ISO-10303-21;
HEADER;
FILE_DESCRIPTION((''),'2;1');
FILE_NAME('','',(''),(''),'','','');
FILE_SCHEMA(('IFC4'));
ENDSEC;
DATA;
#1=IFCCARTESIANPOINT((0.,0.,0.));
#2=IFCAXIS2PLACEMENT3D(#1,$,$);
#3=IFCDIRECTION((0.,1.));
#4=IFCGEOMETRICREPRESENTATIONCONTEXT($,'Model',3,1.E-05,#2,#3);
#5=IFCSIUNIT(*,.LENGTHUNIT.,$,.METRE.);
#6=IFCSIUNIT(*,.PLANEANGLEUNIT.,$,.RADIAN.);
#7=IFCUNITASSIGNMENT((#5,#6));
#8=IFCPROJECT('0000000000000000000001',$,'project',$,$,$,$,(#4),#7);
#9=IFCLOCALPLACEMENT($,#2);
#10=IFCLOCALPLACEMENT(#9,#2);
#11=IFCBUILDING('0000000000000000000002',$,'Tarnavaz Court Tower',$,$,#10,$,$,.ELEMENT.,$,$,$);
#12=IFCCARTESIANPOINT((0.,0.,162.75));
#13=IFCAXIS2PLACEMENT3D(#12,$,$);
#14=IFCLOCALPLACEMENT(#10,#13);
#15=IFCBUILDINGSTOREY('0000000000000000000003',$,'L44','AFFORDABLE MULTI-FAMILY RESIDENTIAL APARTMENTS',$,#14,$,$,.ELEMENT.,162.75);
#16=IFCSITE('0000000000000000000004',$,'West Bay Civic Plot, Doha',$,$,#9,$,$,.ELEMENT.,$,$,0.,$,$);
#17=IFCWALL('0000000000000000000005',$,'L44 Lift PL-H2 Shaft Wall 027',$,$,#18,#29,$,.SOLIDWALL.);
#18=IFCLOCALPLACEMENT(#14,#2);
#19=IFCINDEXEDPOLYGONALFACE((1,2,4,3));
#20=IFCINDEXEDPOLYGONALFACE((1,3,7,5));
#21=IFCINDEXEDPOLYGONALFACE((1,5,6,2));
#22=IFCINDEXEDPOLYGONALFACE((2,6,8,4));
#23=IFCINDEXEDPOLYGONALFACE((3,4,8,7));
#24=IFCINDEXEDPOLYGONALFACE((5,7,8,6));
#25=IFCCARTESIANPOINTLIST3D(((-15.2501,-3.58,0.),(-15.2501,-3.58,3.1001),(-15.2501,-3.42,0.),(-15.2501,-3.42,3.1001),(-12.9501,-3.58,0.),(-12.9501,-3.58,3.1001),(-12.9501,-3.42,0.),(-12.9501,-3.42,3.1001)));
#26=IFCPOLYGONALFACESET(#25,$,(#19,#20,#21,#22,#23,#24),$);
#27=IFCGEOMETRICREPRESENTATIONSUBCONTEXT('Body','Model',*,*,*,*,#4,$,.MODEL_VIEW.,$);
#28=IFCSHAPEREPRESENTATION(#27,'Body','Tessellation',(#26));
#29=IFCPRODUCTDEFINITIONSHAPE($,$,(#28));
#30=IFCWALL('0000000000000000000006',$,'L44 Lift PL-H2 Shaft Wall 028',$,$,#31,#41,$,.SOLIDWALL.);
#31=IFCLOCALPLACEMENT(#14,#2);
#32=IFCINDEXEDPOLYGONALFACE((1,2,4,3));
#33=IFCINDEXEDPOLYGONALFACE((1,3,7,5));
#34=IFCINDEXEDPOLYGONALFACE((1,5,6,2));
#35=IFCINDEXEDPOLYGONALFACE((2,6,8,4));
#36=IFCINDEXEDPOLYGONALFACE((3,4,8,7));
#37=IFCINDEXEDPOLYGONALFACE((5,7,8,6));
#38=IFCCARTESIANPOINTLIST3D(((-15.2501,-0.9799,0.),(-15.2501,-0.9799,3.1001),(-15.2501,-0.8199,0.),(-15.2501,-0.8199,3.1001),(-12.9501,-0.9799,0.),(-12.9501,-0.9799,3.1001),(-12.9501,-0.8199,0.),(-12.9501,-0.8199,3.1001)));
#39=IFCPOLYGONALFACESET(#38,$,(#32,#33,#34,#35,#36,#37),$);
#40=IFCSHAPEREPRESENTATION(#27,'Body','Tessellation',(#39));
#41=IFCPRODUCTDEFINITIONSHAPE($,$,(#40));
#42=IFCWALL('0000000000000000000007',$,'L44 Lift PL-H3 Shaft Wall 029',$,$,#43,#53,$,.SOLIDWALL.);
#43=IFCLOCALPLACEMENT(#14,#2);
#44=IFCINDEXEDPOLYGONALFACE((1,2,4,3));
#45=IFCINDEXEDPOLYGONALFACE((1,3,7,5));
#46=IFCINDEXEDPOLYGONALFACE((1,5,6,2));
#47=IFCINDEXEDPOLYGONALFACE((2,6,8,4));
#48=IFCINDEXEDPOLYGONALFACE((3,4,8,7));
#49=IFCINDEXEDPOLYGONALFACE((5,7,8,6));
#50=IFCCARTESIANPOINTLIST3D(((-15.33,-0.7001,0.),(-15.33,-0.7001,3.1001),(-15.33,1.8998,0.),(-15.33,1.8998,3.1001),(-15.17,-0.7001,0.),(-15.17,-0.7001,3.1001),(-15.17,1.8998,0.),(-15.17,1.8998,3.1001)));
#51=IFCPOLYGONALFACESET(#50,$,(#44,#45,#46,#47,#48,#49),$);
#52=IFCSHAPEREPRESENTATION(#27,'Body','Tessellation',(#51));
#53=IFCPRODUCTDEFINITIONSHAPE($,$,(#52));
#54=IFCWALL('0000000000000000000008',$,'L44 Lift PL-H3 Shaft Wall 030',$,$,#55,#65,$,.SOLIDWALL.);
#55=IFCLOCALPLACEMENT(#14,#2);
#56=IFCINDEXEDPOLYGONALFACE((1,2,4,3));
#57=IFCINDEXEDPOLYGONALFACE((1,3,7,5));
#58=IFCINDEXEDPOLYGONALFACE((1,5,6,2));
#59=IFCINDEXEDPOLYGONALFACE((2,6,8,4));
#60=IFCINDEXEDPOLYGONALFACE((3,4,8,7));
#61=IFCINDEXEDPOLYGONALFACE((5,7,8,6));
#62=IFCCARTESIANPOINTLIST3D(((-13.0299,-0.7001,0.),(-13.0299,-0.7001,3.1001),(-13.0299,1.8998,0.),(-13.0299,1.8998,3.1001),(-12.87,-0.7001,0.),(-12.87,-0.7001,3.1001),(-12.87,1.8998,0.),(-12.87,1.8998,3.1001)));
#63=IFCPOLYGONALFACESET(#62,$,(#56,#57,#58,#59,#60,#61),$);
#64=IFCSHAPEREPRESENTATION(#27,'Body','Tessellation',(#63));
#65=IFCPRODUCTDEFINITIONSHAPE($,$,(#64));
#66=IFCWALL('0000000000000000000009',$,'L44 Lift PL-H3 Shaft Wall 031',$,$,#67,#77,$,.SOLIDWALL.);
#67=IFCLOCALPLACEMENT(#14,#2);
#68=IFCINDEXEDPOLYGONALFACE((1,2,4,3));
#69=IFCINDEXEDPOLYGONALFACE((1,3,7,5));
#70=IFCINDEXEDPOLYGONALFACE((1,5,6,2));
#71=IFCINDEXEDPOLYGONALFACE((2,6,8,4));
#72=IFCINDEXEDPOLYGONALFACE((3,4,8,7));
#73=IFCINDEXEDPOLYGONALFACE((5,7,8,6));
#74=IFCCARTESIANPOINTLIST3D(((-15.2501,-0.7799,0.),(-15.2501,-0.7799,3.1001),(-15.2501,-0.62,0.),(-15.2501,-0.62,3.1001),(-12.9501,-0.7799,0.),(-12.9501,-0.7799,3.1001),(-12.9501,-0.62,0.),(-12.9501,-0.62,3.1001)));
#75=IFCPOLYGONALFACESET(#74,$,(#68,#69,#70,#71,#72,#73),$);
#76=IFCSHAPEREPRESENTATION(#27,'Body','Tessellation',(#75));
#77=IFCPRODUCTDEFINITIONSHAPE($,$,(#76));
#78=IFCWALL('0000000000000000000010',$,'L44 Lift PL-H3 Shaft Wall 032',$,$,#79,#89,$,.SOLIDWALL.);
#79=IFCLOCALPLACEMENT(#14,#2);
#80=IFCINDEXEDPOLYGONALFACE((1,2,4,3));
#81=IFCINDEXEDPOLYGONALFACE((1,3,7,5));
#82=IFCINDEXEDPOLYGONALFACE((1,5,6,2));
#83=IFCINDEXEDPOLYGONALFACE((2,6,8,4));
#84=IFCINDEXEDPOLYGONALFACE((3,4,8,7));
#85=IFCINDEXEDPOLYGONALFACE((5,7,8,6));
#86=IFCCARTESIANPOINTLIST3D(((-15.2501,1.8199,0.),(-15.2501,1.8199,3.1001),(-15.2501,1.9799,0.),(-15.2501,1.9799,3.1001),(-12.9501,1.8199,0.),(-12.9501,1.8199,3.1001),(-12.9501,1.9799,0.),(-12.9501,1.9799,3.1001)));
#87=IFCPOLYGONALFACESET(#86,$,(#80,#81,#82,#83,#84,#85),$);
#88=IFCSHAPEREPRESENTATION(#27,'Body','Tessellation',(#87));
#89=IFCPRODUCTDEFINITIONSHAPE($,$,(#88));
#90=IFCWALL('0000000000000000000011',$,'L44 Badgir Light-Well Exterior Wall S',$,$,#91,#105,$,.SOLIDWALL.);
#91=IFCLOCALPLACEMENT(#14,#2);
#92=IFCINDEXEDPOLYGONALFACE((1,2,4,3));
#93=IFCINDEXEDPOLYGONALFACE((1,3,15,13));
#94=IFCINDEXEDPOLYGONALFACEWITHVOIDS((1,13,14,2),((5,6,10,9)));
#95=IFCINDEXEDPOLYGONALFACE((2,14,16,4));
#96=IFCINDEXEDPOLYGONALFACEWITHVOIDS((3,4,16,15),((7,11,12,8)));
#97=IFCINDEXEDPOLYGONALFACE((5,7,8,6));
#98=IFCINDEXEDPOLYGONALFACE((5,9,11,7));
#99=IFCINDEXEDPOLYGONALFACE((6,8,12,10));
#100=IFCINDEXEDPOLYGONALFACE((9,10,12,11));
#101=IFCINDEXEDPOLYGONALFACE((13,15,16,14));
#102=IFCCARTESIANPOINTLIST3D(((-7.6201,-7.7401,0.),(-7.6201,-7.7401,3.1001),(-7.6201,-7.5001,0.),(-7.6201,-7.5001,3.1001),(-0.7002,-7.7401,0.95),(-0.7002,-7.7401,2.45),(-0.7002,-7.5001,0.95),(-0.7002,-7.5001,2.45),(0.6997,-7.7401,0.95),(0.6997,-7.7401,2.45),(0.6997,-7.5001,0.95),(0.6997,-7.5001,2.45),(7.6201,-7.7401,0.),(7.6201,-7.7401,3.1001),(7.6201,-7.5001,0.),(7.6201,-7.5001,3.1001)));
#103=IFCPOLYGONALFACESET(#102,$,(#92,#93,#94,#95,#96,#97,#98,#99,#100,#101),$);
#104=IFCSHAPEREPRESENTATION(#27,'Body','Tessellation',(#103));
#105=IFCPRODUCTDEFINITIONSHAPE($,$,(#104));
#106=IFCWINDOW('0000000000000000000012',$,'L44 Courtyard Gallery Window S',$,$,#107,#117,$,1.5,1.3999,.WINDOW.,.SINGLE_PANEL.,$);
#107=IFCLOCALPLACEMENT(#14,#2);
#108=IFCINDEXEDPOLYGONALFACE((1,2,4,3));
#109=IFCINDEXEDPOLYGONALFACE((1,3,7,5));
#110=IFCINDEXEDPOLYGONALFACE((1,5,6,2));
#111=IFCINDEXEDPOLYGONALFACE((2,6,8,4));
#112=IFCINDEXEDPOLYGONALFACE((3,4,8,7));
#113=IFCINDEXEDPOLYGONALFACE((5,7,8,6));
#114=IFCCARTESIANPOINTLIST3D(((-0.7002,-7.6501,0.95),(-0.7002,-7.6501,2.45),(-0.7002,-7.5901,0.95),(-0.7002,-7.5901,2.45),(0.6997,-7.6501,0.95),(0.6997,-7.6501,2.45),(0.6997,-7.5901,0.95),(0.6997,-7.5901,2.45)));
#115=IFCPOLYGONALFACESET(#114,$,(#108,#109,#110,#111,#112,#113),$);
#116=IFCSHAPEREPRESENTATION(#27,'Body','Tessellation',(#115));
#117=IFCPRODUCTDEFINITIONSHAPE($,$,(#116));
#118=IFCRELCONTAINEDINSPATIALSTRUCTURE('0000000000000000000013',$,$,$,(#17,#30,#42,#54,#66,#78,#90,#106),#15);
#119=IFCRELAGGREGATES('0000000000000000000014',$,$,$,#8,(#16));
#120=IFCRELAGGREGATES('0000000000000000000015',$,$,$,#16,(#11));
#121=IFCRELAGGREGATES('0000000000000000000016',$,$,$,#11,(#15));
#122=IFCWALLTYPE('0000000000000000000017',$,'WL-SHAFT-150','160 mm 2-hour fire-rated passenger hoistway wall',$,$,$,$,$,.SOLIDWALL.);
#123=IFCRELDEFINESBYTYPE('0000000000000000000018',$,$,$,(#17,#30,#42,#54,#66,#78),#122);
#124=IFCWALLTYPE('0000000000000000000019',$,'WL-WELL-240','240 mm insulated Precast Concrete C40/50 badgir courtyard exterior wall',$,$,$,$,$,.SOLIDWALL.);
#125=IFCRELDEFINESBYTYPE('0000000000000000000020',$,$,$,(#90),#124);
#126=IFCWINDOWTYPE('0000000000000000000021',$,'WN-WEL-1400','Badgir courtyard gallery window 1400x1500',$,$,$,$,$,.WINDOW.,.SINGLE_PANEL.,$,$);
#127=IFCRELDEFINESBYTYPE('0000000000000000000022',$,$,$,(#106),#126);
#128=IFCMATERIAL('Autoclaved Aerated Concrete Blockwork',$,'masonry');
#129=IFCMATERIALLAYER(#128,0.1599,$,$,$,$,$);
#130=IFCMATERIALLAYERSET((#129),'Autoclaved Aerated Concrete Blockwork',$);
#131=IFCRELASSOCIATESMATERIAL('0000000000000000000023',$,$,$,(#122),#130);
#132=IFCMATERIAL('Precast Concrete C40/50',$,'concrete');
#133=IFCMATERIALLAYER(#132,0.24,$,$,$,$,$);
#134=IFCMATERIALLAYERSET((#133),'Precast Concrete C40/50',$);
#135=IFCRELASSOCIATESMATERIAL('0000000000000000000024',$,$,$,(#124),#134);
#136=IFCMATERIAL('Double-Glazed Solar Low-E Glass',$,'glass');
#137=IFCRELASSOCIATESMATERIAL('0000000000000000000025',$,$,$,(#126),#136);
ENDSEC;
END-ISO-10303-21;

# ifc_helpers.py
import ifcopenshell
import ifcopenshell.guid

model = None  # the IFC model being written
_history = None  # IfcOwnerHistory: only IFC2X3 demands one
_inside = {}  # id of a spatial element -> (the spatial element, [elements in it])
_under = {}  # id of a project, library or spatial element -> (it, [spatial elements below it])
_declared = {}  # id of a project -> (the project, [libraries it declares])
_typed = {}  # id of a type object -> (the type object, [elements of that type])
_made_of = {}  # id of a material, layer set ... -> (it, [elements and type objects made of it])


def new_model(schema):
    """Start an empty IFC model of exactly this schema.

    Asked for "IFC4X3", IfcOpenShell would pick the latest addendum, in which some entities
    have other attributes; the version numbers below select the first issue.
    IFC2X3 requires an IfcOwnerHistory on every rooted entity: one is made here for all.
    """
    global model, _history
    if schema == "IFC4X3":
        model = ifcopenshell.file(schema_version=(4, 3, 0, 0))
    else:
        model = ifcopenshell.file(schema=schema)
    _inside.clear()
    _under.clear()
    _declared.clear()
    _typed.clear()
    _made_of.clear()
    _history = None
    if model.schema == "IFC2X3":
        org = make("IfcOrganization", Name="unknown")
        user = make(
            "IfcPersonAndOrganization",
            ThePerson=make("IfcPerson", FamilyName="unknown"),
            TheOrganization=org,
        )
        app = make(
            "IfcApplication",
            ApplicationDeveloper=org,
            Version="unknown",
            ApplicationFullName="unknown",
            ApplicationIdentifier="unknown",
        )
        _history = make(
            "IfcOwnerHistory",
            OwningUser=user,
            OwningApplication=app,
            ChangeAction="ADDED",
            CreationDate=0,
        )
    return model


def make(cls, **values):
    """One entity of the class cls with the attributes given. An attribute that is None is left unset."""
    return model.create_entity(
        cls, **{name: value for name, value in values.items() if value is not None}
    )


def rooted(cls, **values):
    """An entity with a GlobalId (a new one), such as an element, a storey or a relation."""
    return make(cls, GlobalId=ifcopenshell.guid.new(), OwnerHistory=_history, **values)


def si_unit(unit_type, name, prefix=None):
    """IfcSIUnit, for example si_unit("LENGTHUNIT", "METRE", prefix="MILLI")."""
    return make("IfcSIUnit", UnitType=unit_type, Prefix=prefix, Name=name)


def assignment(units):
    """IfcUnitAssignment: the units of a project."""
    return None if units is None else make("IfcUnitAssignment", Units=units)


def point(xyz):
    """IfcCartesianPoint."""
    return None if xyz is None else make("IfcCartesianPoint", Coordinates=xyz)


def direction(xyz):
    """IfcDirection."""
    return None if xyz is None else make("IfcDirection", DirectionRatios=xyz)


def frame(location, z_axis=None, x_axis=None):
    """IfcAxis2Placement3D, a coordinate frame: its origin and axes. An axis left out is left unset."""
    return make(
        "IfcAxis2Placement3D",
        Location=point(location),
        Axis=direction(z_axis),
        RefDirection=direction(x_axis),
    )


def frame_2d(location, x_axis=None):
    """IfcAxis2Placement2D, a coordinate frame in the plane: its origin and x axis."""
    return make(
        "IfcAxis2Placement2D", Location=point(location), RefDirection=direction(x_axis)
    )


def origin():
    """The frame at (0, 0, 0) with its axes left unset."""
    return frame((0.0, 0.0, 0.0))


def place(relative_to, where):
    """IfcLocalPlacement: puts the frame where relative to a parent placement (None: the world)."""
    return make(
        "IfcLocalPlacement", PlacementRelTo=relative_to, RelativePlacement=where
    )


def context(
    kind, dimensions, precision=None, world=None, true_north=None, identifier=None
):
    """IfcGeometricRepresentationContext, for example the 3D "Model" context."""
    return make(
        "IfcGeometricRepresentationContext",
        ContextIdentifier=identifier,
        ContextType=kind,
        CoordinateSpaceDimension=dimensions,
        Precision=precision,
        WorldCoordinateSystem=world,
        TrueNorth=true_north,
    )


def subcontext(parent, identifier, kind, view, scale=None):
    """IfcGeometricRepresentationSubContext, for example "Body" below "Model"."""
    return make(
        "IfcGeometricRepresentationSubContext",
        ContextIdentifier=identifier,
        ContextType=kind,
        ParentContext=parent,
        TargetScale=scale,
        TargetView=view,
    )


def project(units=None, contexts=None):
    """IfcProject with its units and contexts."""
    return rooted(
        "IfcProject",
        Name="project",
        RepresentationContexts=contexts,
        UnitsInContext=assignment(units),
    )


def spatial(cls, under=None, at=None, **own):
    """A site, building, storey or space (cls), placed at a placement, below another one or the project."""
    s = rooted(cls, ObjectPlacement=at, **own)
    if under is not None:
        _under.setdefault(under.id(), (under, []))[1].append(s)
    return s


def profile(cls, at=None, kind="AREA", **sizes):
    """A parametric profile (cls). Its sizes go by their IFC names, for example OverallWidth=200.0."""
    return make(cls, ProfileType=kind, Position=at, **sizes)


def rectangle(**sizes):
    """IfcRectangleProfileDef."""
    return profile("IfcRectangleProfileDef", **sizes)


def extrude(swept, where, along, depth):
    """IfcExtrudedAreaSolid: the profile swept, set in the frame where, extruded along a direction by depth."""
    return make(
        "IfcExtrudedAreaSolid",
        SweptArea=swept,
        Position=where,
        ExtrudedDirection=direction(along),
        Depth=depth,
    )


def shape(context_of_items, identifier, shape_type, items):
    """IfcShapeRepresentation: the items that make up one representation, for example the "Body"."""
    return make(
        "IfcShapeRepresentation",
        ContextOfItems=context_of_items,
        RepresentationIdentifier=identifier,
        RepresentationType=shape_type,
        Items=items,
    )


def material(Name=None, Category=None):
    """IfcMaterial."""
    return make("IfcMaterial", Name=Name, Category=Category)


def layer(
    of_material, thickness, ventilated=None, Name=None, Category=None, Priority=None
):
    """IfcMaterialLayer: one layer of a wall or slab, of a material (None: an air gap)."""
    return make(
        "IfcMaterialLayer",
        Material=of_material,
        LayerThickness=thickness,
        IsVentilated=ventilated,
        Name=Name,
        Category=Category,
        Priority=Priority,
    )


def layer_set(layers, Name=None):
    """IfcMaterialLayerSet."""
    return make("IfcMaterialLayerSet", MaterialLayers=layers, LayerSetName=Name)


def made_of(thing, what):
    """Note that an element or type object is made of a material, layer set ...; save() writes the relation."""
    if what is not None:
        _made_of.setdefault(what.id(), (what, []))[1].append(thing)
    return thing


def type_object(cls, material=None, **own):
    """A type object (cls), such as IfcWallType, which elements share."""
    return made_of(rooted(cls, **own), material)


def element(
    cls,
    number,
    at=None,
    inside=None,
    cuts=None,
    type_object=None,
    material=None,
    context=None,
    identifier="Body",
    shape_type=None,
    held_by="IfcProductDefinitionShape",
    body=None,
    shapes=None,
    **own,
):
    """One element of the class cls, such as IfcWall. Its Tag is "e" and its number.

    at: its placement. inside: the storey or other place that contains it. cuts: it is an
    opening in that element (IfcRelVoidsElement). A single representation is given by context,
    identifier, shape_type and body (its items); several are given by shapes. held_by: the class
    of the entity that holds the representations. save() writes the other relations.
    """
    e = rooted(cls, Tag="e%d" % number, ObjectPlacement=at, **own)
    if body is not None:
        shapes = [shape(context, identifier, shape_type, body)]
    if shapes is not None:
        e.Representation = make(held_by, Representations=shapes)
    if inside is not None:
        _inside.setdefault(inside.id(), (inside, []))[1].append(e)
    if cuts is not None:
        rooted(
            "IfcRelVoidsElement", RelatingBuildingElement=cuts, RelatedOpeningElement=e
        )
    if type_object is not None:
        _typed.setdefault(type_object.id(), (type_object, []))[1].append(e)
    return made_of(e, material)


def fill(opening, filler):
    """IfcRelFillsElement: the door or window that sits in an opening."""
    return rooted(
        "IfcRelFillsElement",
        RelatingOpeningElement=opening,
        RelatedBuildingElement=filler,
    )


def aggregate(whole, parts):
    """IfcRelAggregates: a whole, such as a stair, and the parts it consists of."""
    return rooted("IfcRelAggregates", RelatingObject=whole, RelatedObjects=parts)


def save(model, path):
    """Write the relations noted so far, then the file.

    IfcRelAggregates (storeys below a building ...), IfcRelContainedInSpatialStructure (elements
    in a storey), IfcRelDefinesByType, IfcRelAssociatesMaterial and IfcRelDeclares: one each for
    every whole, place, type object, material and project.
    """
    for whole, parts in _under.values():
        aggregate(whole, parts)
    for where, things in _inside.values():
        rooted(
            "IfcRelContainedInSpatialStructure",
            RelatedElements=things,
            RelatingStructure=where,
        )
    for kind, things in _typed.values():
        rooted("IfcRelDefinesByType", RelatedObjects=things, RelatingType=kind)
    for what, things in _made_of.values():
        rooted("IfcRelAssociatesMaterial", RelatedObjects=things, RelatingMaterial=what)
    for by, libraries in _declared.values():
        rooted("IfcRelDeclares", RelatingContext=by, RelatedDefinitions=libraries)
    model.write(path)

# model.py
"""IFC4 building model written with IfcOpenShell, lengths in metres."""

from ifc_helpers import new_model, si_unit, direction, frame, frame_2d, origin, place, context, subcontext, project, spatial, rectangle, extrude, material, layer, layer_set, type_object, element, fill, save


model = new_model("IFC4")

# Units and contexts
model_context = context("Model", 3, precision=1e-05, world=origin(), true_north=direction((0.0, 1.0)))
body_context = subcontext(model_context, "Body", "Model", "MODEL_VIEW")
ifc_project = project(units=[si_unit("LENGTHUNIT", "METRE"), si_unit("PLANEANGLEUNIT", "RADIAN")], contexts=[model_context])

# Site, building, storey
site_placement = place(None, origin())
site = spatial("IfcSite", under=ifc_project, at=site_placement, Name="West Bay Civic Plot, Doha", CompositionType="ELEMENT", RefElevation=0.0)
building_placement = place(site_placement, origin())
building = spatial("IfcBuilding", under=site, at=building_placement, Name="Tarnavaz Court Tower", CompositionType="ELEMENT")
storey_placement = place(building_placement, frame((0.0, 0.0, 162.75)))
storey = spatial("IfcBuildingStorey", under=building, at=storey_placement, Name="L44", Description="AFFORDABLE MULTI-FAMILY RESIDENTIAL APARTMENTS", CompositionType="ELEMENT", Elevation=162.75)

# Walls
ifc_material_1 = material(Name="Autoclaved Aerated Concrete Blockwork", Category="masonry")
ifc_layer_1 = layer(ifc_material_1, 0.1599)
ifc_layer_set_1 = layer_set([ifc_layer_1], Name="Autoclaved Aerated Concrete Blockwork")
wall_type_1 = type_object("IfcWallType", Name="WL-SHAFT-150", Description="160 mm 2-hour fire-rated passenger hoistway wall", PredefinedType="SOLIDWALL", material=ifc_layer_set_1)
for number, where, z_axis, x_axis, name in (
    (1, (-15.25, -3.5, 0.0), (0.0, 0.0, 1.0), (1.0, 0.0, 0.0), "L44 Lift PL-H2 Shaft Wall 027"),
    (2, (-15.25, -0.8999, 0.0), (0.0, 0.0, 1.0), (1.0, 0.0, 0.0), "L44 Lift PL-H2 Shaft Wall 028"),
):
    element("IfcWall", number, at=place(storey_placement, frame(where, z_axis=z_axis, x_axis=x_axis)), inside=storey, type_object=wall_type_1, Name=name, PredefinedType="SOLIDWALL", context=body_context, shape_type="SweptSolid", body=[
        extrude(rectangle(XDim=2.3, YDim=0.1599, at=frame_2d((1.1499, 0.0))), origin(), (0.0, 0.0, 1.0), 3.1001),
    ])
for number, where, z_axis, x_axis, name in (
    (3, (-15.25, -0.7, 0.0), (0.0, 0.0, 1.0), (0.0, 1.0, 0.0), "L44 Lift PL-H3 Shaft Wall 029"),
    (4, (-12.95, -0.7, 0.0), (0.0, 0.0, 1.0), (0.0, 1.0, 0.0), "L44 Lift PL-H3 Shaft Wall 030"),
):
    element("IfcWall", number, at=place(storey_placement, frame(where, z_axis=z_axis, x_axis=x_axis)), inside=storey, type_object=wall_type_1, Name=name, PredefinedType="SOLIDWALL", context=body_context, shape_type="SweptSolid", body=[
        extrude(rectangle(XDim=2.5999, YDim=0.1599, at=frame_2d((1.2998, 0.0))), origin(), (0.0, 0.0, 1.0), 3.1001),
    ])
for number, where, z_axis, x_axis, name in (
    (5, (-15.25, -0.7, 0.0), (0.0, 0.0, 1.0), (1.0, 0.0, 0.0), "L44 Lift PL-H3 Shaft Wall 031"),
    (6, (-15.25, 1.8999, 0.0), (0.0, 0.0, 1.0), (1.0, 0.0, 0.0), "L44 Lift PL-H3 Shaft Wall 032"),
):
    element("IfcWall", number, at=place(storey_placement, frame(where, z_axis=z_axis, x_axis=x_axis)), inside=storey, type_object=wall_type_1, Name=name, PredefinedType="SOLIDWALL", context=body_context, shape_type="SweptSolid", body=[
        extrude(rectangle(XDim=2.3, YDim=0.1599, at=frame_2d((1.1499, 0.0))), origin(), (0.0, 0.0, 1.0), 3.1001),
    ])

# Wall, opening, window
ifc_material_2 = material(Name="Precast Concrete C40/50", Category="concrete")
ifc_layer_2 = layer(ifc_material_2, 0.24)
ifc_layer_set_2 = layer_set([ifc_layer_2], Name="Precast Concrete C40/50")
wall_type_2 = type_object("IfcWallType", Name="WL-WELL-240", Description="240 mm insulated Precast Concrete C40/50 badgir courtyard exterior wall", PredefinedType="SOLIDWALL", material=ifc_layer_set_2)
wall_1_placement = place(storey_placement, frame((-7.6201, -7.6201, 0.0), z_axis=(0.0, 0.0, 1.0), x_axis=(1.0, 0.0, 0.0)))
wall_1 = element("IfcWall", 7, at=wall_1_placement, inside=storey, type_object=wall_type_2, Name="L44 Badgir Light-Well Exterior Wall S", PredefinedType="SOLIDWALL", context=body_context, shape_type="SweptSolid", body=[
    extrude(rectangle(XDim=15.2402, YDim=0.24, at=frame_2d((7.6201, 0.0))), origin(), (0.0, 0.0, 1.0), 3.1001),
])
opening_1_placement = place(wall_1_placement, frame((6.9199, 0.0, 0.95)))
opening_1 = element("IfcOpeningElement", 8, at=opening_1_placement, cuts=wall_1, PredefinedType="OPENING", context=body_context, shape_type="SweptSolid", body=[
    extrude(rectangle(XDim=1.3999, YDim=1.5, at=frame_2d((0.7, 0.75))), frame((0.0, 0.1299, 0.0), z_axis=(0.0, -1.0, 0.0), x_axis=(1.0, 0.0, 0.0)), (0.0, 0.0, 1.0), 0.26),
])
ifc_material_3 = material(Name="Double-Glazed Solar Low-E Glass", Category="glass")
window_type = type_object("IfcWindowType", Name="WN-WEL-1400", Description="Badgir courtyard gallery window 1400x1500", PartitioningType="SINGLE_PANEL", PredefinedType="WINDOW", material=ifc_material_3)
window_placement = place(opening_1_placement, origin())
window = element("IfcWindow", 9, at=window_placement, inside=storey, type_object=window_type, Name="L44 Courtyard Gallery Window S", OverallHeight=1.5, OverallWidth=1.3999, PartitioningType="SINGLE_PANEL", PredefinedType="WINDOW", context=body_context, shape_type="SweptSolid", body=[
    extrude(rectangle(XDim=1.3999, YDim=1.5, at=frame_2d((0.7, 0.75))), frame((0.0, 0.03, 0.0), z_axis=(0.0, -1.0, 0.0), x_axis=(1.0, 0.0, 0.0)), (0.0, 0.0, 1.0), 0.0601),
])
fill(opening_1, window)

save(model, "model.ifc")
